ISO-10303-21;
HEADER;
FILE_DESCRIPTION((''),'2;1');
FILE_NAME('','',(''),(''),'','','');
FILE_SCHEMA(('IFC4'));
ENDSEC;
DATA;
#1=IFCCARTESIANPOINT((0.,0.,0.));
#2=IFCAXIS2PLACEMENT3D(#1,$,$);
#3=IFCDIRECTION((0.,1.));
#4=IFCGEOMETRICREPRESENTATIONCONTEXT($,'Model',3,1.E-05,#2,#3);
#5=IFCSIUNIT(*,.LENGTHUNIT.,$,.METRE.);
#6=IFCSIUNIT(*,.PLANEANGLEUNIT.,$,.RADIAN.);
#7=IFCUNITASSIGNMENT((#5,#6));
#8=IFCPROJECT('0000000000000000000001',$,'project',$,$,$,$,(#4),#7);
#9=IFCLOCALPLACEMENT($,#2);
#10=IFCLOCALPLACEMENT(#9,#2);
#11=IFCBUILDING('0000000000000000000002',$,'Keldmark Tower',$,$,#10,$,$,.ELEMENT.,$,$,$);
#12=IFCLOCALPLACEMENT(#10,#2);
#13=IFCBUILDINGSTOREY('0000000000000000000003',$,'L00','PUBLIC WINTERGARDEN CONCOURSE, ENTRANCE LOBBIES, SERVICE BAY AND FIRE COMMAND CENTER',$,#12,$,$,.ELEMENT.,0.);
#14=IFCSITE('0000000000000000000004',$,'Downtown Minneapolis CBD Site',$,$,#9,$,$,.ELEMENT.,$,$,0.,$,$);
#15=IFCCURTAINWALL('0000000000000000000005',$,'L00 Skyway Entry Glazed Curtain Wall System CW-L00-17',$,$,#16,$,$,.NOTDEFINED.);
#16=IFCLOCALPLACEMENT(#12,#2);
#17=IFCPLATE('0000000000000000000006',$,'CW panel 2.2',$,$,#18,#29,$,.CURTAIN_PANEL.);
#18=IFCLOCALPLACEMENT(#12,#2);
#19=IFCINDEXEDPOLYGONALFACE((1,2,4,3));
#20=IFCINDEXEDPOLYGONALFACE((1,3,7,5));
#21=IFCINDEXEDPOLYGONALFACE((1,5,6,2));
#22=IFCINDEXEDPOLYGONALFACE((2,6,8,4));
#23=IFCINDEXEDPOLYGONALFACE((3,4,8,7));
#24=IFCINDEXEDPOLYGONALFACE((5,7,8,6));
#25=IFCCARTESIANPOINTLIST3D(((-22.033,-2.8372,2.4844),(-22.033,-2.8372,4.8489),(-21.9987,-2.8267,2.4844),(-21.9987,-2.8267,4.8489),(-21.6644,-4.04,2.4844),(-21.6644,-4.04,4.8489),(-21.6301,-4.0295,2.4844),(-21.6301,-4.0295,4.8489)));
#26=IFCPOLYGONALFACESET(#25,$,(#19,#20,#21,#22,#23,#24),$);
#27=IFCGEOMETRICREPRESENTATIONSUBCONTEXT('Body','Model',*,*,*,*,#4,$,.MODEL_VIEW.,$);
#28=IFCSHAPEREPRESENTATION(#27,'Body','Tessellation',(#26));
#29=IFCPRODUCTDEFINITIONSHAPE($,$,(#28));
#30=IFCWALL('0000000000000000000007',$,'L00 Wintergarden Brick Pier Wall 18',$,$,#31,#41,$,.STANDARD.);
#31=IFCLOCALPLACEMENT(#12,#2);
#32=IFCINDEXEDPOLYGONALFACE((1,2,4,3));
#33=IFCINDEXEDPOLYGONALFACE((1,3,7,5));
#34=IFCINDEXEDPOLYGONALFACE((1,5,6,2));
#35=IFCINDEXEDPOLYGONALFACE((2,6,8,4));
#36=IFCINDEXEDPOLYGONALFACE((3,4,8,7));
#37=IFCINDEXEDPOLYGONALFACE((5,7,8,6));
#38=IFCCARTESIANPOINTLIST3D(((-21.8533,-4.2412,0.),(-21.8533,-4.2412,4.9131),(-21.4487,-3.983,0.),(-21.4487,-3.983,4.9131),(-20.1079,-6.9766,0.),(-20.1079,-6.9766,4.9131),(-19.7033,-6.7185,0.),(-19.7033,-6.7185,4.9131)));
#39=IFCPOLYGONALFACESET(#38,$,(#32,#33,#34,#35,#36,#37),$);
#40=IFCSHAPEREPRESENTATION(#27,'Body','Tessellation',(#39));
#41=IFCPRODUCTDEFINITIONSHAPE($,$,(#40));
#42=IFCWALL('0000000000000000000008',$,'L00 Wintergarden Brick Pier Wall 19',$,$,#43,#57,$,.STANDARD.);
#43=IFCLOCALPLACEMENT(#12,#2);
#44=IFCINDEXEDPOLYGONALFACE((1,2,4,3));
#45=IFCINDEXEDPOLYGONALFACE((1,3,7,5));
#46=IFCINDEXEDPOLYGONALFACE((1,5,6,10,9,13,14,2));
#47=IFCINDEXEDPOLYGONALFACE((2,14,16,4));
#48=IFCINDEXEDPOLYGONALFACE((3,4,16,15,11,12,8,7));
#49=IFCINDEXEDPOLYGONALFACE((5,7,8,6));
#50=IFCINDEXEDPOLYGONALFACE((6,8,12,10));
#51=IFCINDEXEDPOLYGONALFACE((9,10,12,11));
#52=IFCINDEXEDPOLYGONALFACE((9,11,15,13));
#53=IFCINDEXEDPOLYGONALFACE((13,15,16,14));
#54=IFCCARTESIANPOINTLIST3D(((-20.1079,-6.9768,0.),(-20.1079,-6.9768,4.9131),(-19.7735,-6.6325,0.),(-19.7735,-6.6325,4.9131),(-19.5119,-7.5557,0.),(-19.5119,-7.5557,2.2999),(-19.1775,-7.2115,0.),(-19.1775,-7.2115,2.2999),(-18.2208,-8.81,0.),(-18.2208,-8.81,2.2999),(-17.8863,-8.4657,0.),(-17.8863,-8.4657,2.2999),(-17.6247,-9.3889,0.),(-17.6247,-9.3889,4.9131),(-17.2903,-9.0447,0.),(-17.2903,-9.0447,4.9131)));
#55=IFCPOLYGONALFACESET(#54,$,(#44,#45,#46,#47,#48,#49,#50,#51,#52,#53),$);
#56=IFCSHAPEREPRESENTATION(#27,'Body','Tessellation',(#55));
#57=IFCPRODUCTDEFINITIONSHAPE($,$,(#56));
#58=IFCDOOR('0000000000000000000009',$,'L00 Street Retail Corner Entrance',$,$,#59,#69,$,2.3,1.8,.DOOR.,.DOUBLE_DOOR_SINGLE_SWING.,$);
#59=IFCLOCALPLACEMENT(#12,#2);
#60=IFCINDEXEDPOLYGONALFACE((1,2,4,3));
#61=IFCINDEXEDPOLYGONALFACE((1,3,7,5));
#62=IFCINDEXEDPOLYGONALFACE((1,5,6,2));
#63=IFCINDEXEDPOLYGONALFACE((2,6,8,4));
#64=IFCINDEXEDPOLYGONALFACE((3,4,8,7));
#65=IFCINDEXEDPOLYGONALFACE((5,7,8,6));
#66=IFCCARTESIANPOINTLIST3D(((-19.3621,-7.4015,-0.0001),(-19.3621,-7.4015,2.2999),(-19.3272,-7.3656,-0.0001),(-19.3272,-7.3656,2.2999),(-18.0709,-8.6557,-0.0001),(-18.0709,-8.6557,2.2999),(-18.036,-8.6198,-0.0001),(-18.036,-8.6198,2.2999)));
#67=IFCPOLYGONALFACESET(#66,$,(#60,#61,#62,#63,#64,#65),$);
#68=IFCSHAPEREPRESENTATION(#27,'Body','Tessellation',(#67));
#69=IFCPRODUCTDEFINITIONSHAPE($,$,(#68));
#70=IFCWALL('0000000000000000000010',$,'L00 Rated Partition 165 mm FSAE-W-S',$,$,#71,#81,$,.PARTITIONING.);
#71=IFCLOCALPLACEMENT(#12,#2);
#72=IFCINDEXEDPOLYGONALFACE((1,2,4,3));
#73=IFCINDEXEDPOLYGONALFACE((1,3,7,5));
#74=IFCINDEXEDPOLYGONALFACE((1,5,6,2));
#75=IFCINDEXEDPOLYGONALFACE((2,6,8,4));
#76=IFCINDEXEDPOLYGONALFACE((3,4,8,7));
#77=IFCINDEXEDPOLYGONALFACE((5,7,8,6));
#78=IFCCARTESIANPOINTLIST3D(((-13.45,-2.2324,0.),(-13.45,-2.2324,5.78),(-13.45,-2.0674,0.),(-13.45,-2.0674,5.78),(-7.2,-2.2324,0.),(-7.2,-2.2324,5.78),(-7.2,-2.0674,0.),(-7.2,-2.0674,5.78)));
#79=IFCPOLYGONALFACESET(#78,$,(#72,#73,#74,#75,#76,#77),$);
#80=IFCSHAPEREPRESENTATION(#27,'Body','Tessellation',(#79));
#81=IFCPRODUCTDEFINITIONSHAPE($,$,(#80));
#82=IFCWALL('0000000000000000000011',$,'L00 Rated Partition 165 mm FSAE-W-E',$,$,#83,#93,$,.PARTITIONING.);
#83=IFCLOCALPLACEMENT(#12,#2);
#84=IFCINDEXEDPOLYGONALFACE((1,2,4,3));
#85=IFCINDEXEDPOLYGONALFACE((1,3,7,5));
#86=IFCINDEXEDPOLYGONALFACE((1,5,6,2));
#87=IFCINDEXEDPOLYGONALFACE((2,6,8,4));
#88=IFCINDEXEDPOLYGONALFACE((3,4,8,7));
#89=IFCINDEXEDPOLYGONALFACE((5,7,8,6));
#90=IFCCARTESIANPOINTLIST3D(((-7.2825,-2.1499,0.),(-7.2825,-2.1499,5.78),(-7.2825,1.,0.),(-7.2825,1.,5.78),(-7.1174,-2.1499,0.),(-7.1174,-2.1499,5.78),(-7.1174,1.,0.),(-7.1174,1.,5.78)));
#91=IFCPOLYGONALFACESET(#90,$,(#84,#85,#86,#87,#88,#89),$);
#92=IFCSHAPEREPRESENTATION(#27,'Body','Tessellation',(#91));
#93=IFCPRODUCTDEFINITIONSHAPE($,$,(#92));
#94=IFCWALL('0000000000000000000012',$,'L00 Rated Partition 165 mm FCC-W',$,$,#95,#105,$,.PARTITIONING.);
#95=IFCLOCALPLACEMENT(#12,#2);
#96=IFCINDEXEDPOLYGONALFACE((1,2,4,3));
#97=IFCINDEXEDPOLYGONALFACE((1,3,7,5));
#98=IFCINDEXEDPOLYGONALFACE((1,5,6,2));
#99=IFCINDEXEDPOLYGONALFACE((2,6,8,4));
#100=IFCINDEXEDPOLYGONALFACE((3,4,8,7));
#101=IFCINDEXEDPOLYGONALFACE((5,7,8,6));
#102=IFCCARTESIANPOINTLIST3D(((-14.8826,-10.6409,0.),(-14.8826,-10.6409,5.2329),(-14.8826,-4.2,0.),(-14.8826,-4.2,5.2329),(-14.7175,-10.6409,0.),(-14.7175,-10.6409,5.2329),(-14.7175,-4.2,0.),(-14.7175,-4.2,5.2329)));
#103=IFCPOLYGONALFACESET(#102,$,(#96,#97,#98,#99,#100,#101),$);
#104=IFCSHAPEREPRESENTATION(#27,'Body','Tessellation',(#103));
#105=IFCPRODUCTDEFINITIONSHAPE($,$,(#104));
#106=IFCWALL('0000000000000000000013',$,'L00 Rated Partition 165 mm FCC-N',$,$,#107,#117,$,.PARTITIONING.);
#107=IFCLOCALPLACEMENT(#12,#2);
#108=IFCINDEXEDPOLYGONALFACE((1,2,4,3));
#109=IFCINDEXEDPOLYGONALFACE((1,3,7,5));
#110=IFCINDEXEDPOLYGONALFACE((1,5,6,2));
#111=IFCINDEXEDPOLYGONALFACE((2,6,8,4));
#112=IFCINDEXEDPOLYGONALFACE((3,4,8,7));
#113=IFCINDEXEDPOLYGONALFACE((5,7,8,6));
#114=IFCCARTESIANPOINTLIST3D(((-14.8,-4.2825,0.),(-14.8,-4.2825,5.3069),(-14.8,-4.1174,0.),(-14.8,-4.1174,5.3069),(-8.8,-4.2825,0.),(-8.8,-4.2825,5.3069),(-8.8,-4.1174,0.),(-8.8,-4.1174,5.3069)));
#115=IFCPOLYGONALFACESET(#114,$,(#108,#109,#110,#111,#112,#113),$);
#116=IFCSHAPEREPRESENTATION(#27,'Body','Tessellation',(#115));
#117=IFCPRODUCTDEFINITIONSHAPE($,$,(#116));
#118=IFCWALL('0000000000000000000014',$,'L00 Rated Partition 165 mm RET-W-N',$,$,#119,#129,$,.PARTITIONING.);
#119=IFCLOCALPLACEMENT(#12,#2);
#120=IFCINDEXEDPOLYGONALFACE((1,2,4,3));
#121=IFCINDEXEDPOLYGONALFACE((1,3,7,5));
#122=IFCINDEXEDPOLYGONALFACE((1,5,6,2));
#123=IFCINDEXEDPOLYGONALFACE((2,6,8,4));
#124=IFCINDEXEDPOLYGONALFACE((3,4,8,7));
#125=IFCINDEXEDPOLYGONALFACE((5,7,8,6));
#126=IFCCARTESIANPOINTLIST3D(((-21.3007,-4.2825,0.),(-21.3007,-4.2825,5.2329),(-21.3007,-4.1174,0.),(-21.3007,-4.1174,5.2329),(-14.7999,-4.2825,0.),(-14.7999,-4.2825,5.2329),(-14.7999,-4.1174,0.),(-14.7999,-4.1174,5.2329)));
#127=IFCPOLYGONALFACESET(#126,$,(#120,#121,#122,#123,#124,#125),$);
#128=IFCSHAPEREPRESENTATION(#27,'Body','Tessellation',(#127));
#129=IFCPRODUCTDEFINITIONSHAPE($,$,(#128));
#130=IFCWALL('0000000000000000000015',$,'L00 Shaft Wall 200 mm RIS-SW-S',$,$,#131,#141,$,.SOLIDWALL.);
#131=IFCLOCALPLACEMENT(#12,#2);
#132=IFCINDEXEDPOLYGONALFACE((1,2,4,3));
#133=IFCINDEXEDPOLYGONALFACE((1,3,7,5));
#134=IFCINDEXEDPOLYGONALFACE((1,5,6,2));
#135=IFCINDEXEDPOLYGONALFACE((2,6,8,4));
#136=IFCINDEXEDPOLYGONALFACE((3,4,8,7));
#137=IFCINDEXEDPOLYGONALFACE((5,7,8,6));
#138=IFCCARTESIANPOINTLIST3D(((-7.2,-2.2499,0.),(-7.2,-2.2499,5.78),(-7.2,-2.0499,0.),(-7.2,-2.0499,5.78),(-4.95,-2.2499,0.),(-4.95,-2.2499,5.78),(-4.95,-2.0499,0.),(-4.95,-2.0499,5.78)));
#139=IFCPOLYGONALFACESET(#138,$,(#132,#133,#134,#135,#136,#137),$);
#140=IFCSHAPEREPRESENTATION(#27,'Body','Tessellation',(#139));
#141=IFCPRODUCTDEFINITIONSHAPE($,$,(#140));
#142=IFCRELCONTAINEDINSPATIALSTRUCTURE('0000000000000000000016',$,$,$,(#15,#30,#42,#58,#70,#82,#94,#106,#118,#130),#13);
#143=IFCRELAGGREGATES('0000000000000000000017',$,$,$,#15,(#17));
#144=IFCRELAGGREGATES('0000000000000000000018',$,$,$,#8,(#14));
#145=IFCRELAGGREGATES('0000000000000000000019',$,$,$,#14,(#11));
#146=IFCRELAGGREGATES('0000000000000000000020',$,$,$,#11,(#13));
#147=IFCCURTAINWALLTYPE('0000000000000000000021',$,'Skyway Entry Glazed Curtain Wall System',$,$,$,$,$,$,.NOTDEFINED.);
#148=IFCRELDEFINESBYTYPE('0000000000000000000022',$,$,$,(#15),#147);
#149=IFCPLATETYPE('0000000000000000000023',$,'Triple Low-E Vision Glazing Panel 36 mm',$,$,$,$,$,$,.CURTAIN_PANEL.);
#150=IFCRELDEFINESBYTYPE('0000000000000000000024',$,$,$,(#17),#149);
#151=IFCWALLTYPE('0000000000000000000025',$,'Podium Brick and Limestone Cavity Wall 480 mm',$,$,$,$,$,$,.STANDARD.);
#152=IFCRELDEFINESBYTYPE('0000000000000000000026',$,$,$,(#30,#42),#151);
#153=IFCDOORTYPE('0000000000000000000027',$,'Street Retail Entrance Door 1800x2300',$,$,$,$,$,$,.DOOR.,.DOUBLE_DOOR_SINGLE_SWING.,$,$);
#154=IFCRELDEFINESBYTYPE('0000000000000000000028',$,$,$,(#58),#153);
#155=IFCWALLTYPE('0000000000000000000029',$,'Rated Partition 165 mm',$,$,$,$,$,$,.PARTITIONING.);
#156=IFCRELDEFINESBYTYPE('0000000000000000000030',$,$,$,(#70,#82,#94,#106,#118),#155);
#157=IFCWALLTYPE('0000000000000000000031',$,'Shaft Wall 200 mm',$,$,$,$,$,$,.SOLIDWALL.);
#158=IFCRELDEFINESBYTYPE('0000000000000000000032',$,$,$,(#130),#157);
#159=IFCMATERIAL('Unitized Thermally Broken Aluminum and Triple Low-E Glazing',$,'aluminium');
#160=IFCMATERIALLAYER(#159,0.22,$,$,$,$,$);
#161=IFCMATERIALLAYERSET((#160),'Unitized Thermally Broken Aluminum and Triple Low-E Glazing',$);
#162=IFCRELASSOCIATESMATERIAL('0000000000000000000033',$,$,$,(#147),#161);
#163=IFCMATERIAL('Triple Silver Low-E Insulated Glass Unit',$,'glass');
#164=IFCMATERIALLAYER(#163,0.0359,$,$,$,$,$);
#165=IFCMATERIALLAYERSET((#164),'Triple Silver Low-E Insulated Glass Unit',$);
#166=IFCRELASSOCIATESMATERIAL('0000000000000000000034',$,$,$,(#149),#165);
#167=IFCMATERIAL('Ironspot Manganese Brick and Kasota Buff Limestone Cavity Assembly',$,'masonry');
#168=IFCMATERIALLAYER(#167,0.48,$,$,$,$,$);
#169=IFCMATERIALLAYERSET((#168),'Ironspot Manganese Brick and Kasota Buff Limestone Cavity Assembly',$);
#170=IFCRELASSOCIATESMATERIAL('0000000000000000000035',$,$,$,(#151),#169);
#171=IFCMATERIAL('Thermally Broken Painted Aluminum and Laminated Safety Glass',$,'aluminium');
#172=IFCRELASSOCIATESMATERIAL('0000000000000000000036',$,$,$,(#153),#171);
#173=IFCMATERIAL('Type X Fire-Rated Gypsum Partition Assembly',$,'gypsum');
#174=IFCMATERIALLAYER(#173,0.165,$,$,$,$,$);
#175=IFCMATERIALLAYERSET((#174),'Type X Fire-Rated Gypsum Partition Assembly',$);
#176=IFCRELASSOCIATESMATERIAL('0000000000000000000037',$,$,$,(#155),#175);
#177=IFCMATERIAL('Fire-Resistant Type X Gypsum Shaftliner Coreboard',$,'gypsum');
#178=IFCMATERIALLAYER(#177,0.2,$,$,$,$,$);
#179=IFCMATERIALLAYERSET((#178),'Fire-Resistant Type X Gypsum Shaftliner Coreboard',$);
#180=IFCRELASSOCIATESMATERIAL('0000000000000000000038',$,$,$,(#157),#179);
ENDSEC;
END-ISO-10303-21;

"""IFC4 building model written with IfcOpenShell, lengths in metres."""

from ifc_helpers import new_model, si_unit, direction, frame, frame_2d, origin, origin_2d, place, context, subcontext, project, spatial, rectangle, extrude, material, layer, layer_set, type_object, element, fill, aggregate, save


model = new_model("IFC4")

# Units and contexts
model_context = context("Model", 3, precision=1e-05, world=origin(), true_north=direction((0.0, 1.0)))
body_context = subcontext(model_context, "Body", "Model", "MODEL_VIEW")
ifc_project = project(units=[si_unit("LENGTHUNIT", "METRE"), si_unit("PLANEANGLEUNIT", "RADIAN")], contexts=[model_context])

# Site, building, storey
site_placement = place(None, origin())
site = spatial("IfcSite", under=ifc_project, at=site_placement, Name="Downtown Minneapolis CBD Site", CompositionType="ELEMENT", RefElevation=0.0)
building_placement = place(site_placement, origin())
building = spatial("IfcBuilding", under=site, at=building_placement, Name="Keldmark Tower", CompositionType="ELEMENT")
storey_placement = place(building_placement, origin())
storey = spatial("IfcBuildingStorey", under=building, at=storey_placement, Name="L00", Description="PUBLIC WINTERGARDEN CONCOURSE, ENTRANCE LOBBIES, SERVICE BAY AND FIRE COMMAND CENTER", CompositionType="ELEMENT", Elevation=0.0)

# Curtain wall
ifc_material_1 = material(Name="Unitized Thermally Broken Aluminum and Triple Low-E Glazing", Category="aluminium")
ifc_layer_1 = layer(ifc_material_1, 0.22)
ifc_layer_set_1 = layer_set([ifc_layer_1], Name="Unitized Thermally Broken Aluminum and Triple Low-E Glazing")
curtain_wall_type = type_object("IfcCurtainWallType", Name="Skyway Entry Glazed Curtain Wall System", PredefinedType="NOTDEFINED", material=ifc_layer_set_1)
curtain_wall_placement = place(storey_placement, origin())
curtain_wall = element("IfcCurtainWall", 1, at=curtain_wall_placement, inside=storey, type_object=curtain_wall_type, Name="L00 Skyway Entry Glazed Curtain Wall System CW-L00-17", PredefinedType="NOTDEFINED")

# Plate
ifc_material_2 = material(Name="Triple Silver Low-E Insulated Glass Unit", Category="glass")
ifc_layer_2 = layer(ifc_material_2, 0.0359)
ifc_layer_set_2 = layer_set([ifc_layer_2], Name="Triple Silver Low-E Insulated Glass Unit")
plate_type = type_object("IfcPlateType", Name="Triple Low-E Vision Glazing Panel 36 mm", PredefinedType="CURTAIN_PANEL", material=ifc_layer_set_2)
plate_1_placement = place(storey_placement, frame((-21.8315, -3.4333, 2.4844), z_axis=(0.0, 0.0, 1.0), x_axis=(0.293022, -0.956106, 0.0)))
plate_1 = element("IfcPlate", 2, at=plate_1_placement, type_object=plate_type, Name="CW panel 2.2", PredefinedType="CURTAIN_PANEL", context=body_context, shape_type="SweptSolid", body=[
    extrude(rectangle(XDim=1.2581, YDim=0.0359, at=origin_2d()), origin(), (0.0, 0.0, 1.0), 2.3645),
])
aggregate(curtain_wall, [plate_1])

# Wall
ifc_material_3 = material(Name="Ironspot Manganese Brick and Kasota Buff Limestone Cavity Assembly", Category="masonry")
ifc_layer_3 = layer(ifc_material_3, 0.48)
ifc_layer_set_3 = layer_set([ifc_layer_3], Name="Ironspot Manganese Brick and Kasota Buff Limestone Cavity Assembly")
wall_type_1 = type_object("IfcWallType", Name="Podium Brick and Limestone Cavity Wall 480 mm", PredefinedType="STANDARD", material=ifc_layer_set_3)
wall_1_placement = place(storey_placement, frame((-19.9055, -6.8477, 0.0), z_axis=(0.0, 0.0, 1.0), x_axis=(-0.537902, 0.843007, 0.0)))
element("IfcWall", 3, at=wall_1_placement, inside=storey, type_object=wall_type_1, Name="L00 Wintergarden Brick Pier Wall 18", PredefinedType="STANDARD", context=body_context, shape_type="SweptSolid", body=[
    extrude(rectangle(XDim=3.2449, YDim=0.48, at=frame_2d((1.6226, 0.0))), origin(), (0.0, 0.0, 1.0), 4.9131),
])

# Wall, opening, door
wall_2_placement = place(storey_placement, frame((-17.4575, -9.2168, 0.0), z_axis=(0.0, 0.0, 1.0), x_axis=(-0.717293, 0.696771, 0.0)))
wall_2 = element("IfcWall", 4, at=wall_2_placement, inside=storey, type_object=wall_type_1, Name="L00 Wintergarden Brick Pier Wall 19", PredefinedType="STANDARD", context=body_context, shape_type="SweptSolid", body=[
    extrude(rectangle(XDim=3.4619, YDim=0.48, at=frame_2d((1.731, 0.0))), origin(), (0.0, 0.0, 1.0), 4.9131),
])
opening_1_placement = place(wall_2_placement, frame((0.8311, 0.0, 0.0)))
opening_1 = element("IfcOpeningElement", 5, at=opening_1_placement, cuts=wall_2, PredefinedType="OPENING", context=body_context, shape_type="SweptSolid", body=[
    extrude(rectangle(XDim=1.8, YDim=2.3, at=frame_2d((0.8999, 1.1499))), frame((0.0, 0.25, 0.0), z_axis=(0.0, -1.0, 0.0), x_axis=(1.0, 0.0, 0.0)), (0.0, 0.0, 1.0), 0.5),
])
ifc_material_4 = material(Name="Thermally Broken Painted Aluminum and Laminated Safety Glass", Category="aluminium")
door_type_1 = type_object("IfcDoorType", Name="Street Retail Entrance Door 1800x2300", OperationType="DOUBLE_DOOR_SINGLE_SWING", PredefinedType="DOOR", material=ifc_material_4)
door_1_placement = place(opening_1_placement, origin())
door_1 = element("IfcDoor", 6, at=door_1_placement, inside=storey, type_object=door_type_1, Name="L00 Street Retail Corner Entrance", OperationType="DOUBLE_DOOR_SINGLE_SWING", OverallHeight=2.3, OverallWidth=1.8, PredefinedType="DOOR", context=body_context, shape_type="SweptSolid", body=[
    extrude(rectangle(XDim=1.8, YDim=2.3, at=frame_2d((0.8999, 1.1499))), frame((0.0, 0.0249, 0.0), z_axis=(0.0, -1.0, 0.0), x_axis=(1.0, 0.0, 0.0)), (0.0, 0.0, 1.0), 0.05),
])
fill(opening_1, door_1)

# Wall
ifc_material_5 = material(Name="Type X Fire-Rated Gypsum Partition Assembly", Category="gypsum")
ifc_layer_4 = layer(ifc_material_5, 0.165)
ifc_layer_set_4 = layer_set([ifc_layer_4], Name="Type X Fire-Rated Gypsum Partition Assembly")
wall_type_2 = type_object("IfcWallType", Name="Rated Partition 165 mm", PredefinedType="PARTITIONING", material=ifc_layer_set_4)
wall_3_placement = place(storey_placement, frame((-13.45, -2.1499, 0.0), z_axis=(0.0, 0.0, 1.0), x_axis=(1.0, 0.0, 0.0)))
element("IfcWall", 7, at=wall_3_placement, inside=storey, type_object=wall_type_2, Name="L00 Rated Partition 165 mm FSAE-W-S", PredefinedType="PARTITIONING", context=body_context, shape_type="SweptSolid", body=[
    extrude(rectangle(XDim=6.25, YDim=0.165, at=frame_2d((3.125, 0.0))), origin(), (0.0, 0.0, 1.0), 5.78),
])

# Walls
wall_4_placement = place(storey_placement, frame((-7.2, -2.1499, 0.0), z_axis=(0.0, 0.0, 1.0), x_axis=(0.0, 1.0, 0.0)))
element("IfcWall", 8, at=wall_4_placement, inside=storey, type_object=wall_type_2, Name="L00 Rated Partition 165 mm FSAE-W-E", PredefinedType="PARTITIONING", context=body_context, shape_type="SweptSolid", body=[
    extrude(rectangle(XDim=3.1499, YDim=0.165, at=frame_2d((1.575, 0.0))), origin(), (0.0, 0.0, 1.0), 5.78),
])
wall_5_placement = place(storey_placement, frame((-14.8, -10.6409, 0.0), z_axis=(0.0, 0.0, 1.0), x_axis=(0.0, 1.0, 0.0)))
element("IfcWall", 9, at=wall_5_placement, inside=storey, type_object=wall_type_2, Name="L00 Rated Partition 165 mm FCC-W", PredefinedType="PARTITIONING", context=body_context, shape_type="SweptSolid", body=[
    extrude(rectangle(XDim=6.4409, YDim=0.165, at=frame_2d((3.2205, 0.0))), origin(), (0.0, 0.0, 1.0), 5.2329),
])
wall_6_placement = place(storey_placement, frame((-14.8, -4.2, 0.0), z_axis=(0.0, 0.0, 1.0), x_axis=(1.0, 0.0, 0.0)))
element("IfcWall", 10, at=wall_6_placement, inside=storey, type_object=wall_type_2, Name="L00 Rated Partition 165 mm FCC-N", PredefinedType="PARTITIONING", context=body_context, shape_type="SweptSolid", body=[
    extrude(rectangle(XDim=6.0, YDim=0.165, at=frame_2d((3.0, 0.0))), origin(), (0.0, 0.0, 1.0), 5.3069),
])
wall_7_placement = place(storey_placement, frame((-21.3008, -4.2, 0.0), z_axis=(0.0, 0.0, 1.0), x_axis=(1.0, 0.0, 0.0)))
element("IfcWall", 11, at=wall_7_placement, inside=storey, type_object=wall_type_2, Name="L00 Rated Partition 165 mm RET-W-N", PredefinedType="PARTITIONING", context=body_context, shape_type="SweptSolid", body=[
    extrude(rectangle(XDim=6.5007, YDim=0.165, at=frame_2d((3.2505, 0.0))), origin(), (0.0, 0.0, 1.0), 5.2329),
])
ifc_material_6 = material(Name="Fire-Resistant Type X Gypsum Shaftliner Coreboard", Category="gypsum")
ifc_layer_5 = layer(ifc_material_6, 0.2)
ifc_layer_set_5 = layer_set([ifc_layer_5], Name="Fire-Resistant Type X Gypsum Shaftliner Coreboard")
wall_type_3 = type_object("IfcWallType", Name="Shaft Wall 200 mm", PredefinedType="SOLIDWALL", material=ifc_layer_set_5)
wall_8_placement = place(storey_placement, frame((-7.2, -2.1499, 0.0), z_axis=(0.0, 0.0, 1.0), x_axis=(1.0, 0.0, 0.0)))
element("IfcWall", 12, at=wall_8_placement, inside=storey, type_object=wall_type_3, Name="L00 Shaft Wall 200 mm RIS-SW-S", PredefinedType="SOLIDWALL", context=body_context, shape_type="SweptSolid", body=[
    extrude(rectangle(XDim=2.25, YDim=0.2, at=frame_2d((1.125, 0.0))), origin(), (0.0, 0.0, 1.0), 5.78),
])

save(model, "model.ifc")
